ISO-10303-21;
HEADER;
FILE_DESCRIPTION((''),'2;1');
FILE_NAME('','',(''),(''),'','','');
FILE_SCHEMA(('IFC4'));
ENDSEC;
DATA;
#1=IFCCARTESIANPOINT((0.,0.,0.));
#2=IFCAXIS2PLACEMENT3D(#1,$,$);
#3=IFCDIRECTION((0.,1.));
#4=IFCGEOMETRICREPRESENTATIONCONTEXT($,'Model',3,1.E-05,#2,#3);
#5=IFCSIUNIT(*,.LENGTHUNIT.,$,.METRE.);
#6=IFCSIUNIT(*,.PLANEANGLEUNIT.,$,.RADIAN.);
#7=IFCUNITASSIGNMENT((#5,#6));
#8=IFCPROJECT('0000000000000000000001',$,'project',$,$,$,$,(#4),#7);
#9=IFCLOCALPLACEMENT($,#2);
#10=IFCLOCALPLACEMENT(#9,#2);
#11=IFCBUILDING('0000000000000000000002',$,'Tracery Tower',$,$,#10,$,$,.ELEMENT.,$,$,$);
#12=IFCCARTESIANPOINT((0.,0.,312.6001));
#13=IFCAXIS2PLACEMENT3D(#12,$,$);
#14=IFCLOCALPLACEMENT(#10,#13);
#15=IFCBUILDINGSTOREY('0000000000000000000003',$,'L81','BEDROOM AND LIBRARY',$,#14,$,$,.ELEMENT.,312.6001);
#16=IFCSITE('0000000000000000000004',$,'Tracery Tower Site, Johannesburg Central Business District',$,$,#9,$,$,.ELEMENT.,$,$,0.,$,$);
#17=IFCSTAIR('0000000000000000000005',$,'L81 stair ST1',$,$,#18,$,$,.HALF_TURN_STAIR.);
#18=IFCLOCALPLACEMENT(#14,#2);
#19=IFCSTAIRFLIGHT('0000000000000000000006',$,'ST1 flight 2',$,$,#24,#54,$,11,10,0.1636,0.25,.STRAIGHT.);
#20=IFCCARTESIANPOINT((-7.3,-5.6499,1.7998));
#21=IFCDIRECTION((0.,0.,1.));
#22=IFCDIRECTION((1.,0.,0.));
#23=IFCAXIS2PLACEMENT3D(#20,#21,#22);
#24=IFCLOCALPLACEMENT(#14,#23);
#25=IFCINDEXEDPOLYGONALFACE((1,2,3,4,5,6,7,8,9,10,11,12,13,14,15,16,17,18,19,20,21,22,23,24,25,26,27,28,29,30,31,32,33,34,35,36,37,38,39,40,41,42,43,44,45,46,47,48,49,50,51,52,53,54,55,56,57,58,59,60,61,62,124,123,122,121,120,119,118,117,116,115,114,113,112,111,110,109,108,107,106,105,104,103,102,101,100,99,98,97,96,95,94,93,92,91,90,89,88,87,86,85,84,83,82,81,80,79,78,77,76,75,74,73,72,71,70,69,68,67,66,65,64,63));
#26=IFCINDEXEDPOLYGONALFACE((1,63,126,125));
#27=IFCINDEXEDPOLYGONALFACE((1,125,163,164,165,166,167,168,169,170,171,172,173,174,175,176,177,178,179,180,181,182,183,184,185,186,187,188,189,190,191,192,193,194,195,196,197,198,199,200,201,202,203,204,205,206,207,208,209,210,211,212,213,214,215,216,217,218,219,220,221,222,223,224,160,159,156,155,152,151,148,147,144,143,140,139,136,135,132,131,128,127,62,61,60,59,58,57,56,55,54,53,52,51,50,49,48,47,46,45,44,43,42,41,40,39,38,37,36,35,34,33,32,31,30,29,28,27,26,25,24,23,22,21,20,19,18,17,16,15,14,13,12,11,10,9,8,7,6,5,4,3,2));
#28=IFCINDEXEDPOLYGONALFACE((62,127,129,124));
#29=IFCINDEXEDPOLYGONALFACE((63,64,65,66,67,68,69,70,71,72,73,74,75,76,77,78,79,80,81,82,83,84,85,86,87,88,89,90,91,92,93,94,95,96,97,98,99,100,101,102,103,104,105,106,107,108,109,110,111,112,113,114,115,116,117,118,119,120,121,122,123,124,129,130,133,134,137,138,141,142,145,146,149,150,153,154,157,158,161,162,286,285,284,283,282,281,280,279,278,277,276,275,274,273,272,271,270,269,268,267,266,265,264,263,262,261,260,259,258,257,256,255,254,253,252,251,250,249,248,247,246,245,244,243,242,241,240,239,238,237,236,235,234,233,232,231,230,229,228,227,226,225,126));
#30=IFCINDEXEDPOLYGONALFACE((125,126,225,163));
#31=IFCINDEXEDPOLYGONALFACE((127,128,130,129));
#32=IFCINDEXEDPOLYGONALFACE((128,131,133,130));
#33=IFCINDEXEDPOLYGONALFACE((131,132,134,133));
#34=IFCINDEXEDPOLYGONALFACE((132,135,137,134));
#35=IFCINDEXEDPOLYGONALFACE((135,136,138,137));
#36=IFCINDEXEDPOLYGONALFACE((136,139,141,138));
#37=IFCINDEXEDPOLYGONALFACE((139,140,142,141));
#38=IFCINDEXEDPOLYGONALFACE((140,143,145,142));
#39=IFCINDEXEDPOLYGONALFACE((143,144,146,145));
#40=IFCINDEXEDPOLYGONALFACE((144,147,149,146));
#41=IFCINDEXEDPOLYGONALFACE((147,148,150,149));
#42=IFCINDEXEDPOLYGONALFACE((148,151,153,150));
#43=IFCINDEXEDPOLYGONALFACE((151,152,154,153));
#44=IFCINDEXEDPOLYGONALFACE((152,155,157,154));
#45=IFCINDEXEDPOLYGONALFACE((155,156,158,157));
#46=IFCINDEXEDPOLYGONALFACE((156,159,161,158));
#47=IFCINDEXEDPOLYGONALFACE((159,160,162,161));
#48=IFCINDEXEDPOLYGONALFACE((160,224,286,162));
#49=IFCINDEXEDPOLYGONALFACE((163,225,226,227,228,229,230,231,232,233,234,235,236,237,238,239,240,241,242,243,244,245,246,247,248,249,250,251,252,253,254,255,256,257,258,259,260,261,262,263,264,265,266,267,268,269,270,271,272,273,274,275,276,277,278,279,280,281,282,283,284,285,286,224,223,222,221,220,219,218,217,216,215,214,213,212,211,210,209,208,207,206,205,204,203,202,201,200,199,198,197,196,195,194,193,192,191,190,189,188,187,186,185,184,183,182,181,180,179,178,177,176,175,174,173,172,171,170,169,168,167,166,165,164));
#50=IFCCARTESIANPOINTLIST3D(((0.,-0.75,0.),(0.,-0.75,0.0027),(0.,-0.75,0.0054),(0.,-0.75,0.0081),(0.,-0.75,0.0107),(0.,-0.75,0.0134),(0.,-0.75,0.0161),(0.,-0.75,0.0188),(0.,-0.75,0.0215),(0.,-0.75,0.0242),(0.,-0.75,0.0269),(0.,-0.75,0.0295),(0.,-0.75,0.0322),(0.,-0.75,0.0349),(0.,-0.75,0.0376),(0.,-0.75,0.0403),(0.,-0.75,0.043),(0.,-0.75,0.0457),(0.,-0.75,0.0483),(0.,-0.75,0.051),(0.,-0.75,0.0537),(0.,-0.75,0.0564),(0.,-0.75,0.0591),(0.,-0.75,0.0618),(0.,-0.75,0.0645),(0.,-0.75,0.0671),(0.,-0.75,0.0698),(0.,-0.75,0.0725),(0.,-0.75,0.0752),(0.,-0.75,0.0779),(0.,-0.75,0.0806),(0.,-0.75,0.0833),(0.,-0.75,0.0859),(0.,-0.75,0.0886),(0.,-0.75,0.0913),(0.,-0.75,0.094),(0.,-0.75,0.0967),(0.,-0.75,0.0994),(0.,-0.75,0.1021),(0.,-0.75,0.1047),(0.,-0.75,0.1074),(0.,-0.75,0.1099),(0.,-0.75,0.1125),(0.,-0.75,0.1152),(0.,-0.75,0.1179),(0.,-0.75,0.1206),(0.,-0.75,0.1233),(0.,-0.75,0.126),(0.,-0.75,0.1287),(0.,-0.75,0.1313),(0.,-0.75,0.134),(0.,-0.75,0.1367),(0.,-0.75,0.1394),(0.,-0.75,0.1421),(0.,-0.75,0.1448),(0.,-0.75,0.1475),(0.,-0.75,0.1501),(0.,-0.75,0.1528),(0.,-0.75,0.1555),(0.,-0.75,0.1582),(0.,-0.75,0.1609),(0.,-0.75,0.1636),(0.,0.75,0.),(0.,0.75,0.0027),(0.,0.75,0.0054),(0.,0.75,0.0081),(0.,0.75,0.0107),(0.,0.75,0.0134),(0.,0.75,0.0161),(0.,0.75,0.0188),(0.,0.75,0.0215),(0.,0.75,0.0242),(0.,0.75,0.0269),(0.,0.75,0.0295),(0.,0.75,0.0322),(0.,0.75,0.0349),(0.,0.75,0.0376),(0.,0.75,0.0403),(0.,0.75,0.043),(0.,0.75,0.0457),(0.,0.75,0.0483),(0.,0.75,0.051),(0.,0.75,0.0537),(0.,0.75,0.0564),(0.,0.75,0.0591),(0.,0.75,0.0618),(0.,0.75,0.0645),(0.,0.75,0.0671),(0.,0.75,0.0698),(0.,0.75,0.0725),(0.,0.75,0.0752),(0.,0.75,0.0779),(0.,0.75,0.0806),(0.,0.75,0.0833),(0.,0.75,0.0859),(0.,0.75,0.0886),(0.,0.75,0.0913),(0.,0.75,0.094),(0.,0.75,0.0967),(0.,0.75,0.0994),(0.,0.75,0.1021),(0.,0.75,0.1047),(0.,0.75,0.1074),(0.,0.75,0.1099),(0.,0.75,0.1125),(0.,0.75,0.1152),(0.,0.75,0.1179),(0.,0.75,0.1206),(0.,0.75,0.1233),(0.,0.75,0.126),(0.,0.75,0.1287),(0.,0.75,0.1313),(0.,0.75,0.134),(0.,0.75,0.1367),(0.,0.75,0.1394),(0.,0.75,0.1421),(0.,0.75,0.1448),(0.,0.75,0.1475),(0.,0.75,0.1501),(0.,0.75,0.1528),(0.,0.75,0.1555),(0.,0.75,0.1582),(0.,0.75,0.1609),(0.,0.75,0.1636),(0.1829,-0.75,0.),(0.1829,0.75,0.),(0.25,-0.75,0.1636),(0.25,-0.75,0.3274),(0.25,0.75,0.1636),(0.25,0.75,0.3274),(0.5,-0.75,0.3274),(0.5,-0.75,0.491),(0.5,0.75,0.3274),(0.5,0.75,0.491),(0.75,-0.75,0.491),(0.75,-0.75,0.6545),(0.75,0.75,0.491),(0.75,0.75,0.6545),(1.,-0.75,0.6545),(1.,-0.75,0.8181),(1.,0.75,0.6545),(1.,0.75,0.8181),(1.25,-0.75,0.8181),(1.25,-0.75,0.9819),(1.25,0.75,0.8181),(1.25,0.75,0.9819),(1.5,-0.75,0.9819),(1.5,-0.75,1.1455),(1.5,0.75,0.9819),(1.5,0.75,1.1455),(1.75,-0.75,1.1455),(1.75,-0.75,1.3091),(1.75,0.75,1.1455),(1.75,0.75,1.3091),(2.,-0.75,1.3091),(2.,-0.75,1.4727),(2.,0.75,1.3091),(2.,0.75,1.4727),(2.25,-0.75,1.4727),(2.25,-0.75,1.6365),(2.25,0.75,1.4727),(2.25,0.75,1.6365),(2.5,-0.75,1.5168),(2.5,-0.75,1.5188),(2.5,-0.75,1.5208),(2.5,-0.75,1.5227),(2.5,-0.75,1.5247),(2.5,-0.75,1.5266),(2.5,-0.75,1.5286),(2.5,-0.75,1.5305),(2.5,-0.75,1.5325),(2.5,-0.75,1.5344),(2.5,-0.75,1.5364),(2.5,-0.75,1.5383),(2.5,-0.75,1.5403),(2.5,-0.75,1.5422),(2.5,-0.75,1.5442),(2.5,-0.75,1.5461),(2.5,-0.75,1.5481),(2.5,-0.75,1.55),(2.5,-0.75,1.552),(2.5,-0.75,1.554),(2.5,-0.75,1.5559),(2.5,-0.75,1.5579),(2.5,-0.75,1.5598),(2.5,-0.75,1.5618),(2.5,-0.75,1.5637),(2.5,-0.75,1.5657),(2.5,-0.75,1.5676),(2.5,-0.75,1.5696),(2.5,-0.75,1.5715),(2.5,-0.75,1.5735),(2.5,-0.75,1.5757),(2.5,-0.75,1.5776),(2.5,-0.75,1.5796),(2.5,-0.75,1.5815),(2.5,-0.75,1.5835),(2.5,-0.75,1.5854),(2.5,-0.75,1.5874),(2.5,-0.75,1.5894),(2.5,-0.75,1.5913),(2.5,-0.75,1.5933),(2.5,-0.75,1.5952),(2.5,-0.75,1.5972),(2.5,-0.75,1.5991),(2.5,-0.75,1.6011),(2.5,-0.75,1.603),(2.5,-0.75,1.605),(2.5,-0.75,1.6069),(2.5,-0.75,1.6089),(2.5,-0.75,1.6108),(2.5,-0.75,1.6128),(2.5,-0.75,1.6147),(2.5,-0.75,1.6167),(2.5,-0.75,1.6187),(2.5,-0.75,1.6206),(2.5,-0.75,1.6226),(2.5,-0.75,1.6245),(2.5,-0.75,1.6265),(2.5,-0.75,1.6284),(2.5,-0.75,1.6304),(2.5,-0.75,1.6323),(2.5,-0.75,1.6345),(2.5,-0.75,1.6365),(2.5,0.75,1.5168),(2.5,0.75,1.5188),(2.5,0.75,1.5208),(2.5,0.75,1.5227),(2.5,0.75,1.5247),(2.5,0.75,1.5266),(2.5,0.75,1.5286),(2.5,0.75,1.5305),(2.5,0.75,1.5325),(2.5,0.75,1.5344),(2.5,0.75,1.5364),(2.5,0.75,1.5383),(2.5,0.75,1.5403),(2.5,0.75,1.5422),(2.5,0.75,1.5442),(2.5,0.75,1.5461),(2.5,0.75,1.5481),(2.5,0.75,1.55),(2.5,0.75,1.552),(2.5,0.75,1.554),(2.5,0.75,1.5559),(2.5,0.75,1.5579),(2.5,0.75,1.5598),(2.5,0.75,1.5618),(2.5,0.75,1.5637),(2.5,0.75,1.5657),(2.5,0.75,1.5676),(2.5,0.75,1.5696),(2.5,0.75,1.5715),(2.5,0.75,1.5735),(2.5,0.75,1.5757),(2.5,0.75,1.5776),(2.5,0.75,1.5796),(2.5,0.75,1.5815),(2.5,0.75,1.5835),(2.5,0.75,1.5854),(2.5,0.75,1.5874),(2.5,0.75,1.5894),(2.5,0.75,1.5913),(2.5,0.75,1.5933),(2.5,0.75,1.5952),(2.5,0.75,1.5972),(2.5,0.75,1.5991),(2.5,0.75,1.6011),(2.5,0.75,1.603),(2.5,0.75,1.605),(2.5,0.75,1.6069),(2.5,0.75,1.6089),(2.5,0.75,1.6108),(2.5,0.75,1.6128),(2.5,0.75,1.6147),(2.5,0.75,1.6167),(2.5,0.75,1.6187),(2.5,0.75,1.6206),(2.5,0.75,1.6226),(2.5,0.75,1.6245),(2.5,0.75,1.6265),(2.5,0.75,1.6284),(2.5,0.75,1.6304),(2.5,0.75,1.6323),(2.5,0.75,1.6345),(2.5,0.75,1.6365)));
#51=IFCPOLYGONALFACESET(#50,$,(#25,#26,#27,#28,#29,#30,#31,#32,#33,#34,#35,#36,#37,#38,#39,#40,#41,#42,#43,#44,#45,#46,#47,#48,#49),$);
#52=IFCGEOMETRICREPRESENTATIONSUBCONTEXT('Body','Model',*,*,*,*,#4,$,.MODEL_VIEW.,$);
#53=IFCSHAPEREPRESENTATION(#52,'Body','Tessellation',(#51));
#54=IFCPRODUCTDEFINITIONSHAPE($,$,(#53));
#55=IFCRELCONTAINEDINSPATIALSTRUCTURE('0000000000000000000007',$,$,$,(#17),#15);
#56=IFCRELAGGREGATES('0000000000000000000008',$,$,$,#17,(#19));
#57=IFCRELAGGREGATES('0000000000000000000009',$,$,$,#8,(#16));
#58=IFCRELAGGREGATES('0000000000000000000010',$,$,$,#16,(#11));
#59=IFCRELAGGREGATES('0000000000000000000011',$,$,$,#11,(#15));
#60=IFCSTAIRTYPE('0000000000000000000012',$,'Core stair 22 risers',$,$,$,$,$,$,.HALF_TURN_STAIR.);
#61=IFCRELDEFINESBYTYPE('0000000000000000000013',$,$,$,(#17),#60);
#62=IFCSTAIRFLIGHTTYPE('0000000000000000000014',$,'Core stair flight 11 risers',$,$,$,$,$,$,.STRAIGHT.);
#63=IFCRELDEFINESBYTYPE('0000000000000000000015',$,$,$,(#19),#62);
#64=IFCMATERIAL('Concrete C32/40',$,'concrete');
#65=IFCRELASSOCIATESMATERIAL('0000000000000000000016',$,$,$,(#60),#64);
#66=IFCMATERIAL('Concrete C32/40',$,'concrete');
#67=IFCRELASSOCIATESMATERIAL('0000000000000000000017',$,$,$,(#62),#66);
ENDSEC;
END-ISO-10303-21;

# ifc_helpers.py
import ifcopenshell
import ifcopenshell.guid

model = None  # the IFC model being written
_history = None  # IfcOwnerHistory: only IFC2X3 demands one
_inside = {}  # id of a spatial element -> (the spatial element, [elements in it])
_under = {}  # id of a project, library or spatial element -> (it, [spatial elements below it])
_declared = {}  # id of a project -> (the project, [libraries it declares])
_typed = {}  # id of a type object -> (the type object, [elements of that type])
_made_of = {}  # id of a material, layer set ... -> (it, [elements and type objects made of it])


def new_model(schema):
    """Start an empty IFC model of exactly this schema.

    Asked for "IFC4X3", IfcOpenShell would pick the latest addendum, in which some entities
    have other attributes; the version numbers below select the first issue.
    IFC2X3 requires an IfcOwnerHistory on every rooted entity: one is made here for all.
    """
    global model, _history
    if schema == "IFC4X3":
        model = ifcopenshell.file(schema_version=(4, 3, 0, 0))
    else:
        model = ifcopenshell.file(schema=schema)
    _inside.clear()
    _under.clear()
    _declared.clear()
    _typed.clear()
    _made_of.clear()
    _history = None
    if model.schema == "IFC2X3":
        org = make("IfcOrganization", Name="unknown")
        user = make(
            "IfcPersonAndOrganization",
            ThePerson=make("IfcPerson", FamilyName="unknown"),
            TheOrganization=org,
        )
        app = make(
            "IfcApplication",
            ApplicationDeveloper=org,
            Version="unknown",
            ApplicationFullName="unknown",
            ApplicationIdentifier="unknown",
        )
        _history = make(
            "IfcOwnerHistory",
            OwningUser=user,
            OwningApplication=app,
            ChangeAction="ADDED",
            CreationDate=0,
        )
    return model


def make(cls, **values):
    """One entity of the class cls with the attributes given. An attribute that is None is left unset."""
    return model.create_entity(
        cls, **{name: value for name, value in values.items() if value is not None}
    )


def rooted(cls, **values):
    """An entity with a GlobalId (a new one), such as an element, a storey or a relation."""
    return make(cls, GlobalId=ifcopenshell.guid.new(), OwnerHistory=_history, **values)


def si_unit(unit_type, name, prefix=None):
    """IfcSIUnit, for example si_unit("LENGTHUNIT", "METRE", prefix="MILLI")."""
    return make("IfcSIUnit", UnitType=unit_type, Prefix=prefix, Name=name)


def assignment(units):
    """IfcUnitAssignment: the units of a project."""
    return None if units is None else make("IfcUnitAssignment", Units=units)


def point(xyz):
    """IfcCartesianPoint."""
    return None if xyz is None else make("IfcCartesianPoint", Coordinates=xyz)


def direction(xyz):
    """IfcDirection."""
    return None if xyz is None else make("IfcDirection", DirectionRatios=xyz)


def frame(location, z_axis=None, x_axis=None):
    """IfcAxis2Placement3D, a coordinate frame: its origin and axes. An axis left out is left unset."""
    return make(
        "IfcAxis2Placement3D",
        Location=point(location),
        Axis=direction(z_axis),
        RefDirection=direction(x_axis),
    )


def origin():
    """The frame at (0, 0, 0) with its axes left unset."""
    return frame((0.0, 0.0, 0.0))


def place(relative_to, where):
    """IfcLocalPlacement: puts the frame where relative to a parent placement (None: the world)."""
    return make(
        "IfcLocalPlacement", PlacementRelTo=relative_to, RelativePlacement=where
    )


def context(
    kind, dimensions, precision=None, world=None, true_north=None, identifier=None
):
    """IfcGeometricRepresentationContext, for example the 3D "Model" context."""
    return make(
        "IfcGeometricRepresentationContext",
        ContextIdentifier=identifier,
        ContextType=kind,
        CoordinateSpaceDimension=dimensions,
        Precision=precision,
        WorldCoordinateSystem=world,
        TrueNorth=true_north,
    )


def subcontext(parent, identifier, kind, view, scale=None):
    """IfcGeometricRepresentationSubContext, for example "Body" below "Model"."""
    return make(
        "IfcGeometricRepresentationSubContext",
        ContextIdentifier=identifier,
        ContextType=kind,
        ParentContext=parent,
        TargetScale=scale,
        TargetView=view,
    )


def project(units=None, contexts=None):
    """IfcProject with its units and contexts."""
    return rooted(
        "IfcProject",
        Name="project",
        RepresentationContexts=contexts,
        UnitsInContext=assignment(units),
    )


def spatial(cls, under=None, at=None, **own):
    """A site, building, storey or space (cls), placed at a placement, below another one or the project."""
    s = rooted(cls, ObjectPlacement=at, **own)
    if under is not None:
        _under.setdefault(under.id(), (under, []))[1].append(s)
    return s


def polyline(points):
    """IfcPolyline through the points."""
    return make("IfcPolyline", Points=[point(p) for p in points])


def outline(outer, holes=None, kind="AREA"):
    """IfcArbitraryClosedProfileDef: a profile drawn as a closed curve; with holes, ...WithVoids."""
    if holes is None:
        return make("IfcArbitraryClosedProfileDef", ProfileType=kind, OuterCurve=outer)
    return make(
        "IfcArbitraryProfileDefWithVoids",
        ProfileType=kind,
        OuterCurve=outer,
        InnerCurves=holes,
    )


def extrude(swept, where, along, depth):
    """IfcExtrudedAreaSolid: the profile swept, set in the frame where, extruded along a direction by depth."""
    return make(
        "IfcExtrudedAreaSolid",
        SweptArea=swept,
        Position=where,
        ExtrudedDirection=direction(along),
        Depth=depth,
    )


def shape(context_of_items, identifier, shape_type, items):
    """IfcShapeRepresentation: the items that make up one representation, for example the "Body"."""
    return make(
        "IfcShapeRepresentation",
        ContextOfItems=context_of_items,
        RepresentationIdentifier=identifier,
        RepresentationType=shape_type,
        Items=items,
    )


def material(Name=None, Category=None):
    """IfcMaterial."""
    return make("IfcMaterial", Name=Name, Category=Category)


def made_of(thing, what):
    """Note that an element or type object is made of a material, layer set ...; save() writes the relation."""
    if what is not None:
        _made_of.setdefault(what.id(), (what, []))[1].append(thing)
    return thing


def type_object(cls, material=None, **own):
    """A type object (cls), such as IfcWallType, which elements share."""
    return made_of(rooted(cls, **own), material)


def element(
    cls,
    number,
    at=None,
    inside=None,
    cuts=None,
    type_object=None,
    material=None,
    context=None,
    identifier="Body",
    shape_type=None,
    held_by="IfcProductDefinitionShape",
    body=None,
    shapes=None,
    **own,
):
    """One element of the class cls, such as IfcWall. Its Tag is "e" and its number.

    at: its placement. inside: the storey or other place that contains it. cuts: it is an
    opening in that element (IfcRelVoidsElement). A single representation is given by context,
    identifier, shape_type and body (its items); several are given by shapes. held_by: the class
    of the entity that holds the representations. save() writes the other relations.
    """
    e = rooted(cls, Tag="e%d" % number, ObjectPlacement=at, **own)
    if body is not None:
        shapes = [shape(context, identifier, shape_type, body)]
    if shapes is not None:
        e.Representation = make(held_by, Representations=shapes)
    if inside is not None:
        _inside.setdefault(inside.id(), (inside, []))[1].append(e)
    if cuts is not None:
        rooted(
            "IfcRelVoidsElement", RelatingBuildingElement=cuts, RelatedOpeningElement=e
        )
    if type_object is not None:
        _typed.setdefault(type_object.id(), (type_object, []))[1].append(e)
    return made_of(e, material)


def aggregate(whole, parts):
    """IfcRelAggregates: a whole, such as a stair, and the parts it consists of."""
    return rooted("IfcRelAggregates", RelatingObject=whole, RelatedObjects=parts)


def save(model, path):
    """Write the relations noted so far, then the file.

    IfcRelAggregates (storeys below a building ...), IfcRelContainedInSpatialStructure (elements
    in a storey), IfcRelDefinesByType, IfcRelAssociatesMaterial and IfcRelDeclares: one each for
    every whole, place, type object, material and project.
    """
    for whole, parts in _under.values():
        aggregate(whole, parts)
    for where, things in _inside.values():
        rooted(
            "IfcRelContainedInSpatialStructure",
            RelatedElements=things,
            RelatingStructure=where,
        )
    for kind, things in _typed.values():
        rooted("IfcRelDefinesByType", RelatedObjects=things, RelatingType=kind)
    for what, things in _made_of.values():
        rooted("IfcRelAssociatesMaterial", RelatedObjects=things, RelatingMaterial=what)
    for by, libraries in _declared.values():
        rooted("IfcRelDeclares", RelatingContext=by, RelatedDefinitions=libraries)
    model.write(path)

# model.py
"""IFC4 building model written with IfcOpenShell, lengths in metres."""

from ifc_helpers import new_model, si_unit, direction, frame, origin, place, context, subcontext, project, spatial, polyline, outline, extrude, material, type_object, element, aggregate, save


model = new_model("IFC4")

# Units and contexts
model_context = context("Model", 3, precision=1e-05, world=origin(), true_north=direction((0.0, 1.0)))
body_context = subcontext(model_context, "Body", "Model", "MODEL_VIEW")
ifc_project = project(units=[si_unit("LENGTHUNIT", "METRE"), si_unit("PLANEANGLEUNIT", "RADIAN")], contexts=[model_context])

# Site, building, storey
site_placement = place(None, origin())
site = spatial("IfcSite", under=ifc_project, at=site_placement, Name="Tracery Tower Site, Johannesburg Central Business District", CompositionType="ELEMENT", RefElevation=0.0)
building_placement = place(site_placement, origin())
building = spatial("IfcBuilding", under=site, at=building_placement, Name="Tracery Tower", CompositionType="ELEMENT")
storey_placement = place(building_placement, frame((0.0, 0.0, 312.6001)))
storey = spatial("IfcBuildingStorey", under=building, at=storey_placement, Name="L81", Description="BEDROOM AND LIBRARY", CompositionType="ELEMENT", Elevation=312.6001)

# Stair, stair flight
ifc_material_1 = material(Name="Concrete C32/40", Category="concrete")
stair_type = type_object("IfcStairType", Name="Core stair 22 risers", PredefinedType="HALF_TURN_STAIR", material=ifc_material_1)
stair_placement = place(storey_placement, origin())
stair = element("IfcStair", 1, at=stair_placement, inside=storey, type_object=stair_type, Name="L81 stair ST1", PredefinedType="HALF_TURN_STAIR")
ifc_material_2 = material(Name="Concrete C32/40", Category="concrete")
stair_flight_type = type_object("IfcStairFlightType", Name="Core stair flight 11 risers", PredefinedType="STRAIGHT", material=ifc_material_2)
stair_flight_1_placement = place(storey_placement, frame((-7.3, -5.6499, 1.7998), z_axis=(0.0, 0.0, 1.0), x_axis=(1.0, 0.0, 0.0)))
stair_flight_1 = element("IfcStairFlight", 2, at=stair_flight_1_placement, type_object=stair_flight_type, Name="ST1 flight 2", NumberOfRisers=11, NumberOfTreads=10, PredefinedType="STRAIGHT", RiserHeight=0.1636, TreadLength=0.25, context=body_context, shape_type="SweptSolid", body=[
    extrude(outline(polyline([(0.0, 0.0), (0.0, 0.0027), (0.0, 0.0054), (0.0, 0.0081), (0.0, 0.0107), (0.0, 0.0134), (0.0, 0.0161), (0.0, 0.0188), (0.0, 0.0215), (0.0, 0.0242), (0.0, 0.0269), (0.0, 0.0295), (0.0, 0.0322), (0.0, 0.0349), (0.0, 0.0376), (0.0, 0.0403), (0.0, 0.043), (0.0, 0.0457), (0.0, 0.0483), (0.0, 0.051), (0.0, 0.0537), (0.0, 0.0564), (0.0, 0.0591), (0.0, 0.0618), (0.0, 0.0645), (0.0, 0.0671), (0.0, 0.0698), (0.0, 0.0725), (0.0, 0.0752), (0.0, 0.0779), (0.0, 0.0806), (0.0, 0.0833), (0.0, 0.0859), (0.0, 0.0886), (0.0, 0.0913), (0.0, 0.094), (0.0, 0.0967), (0.0, 0.0994), (0.0, 0.1021), (0.0, 0.1047), (0.0, 0.1074), (0.0, 0.1099), (0.0, 0.1125), (0.0, 0.1152), (0.0, 0.1179), (0.0, 0.1206), (0.0, 0.1233), (0.0, 0.126), (0.0, 0.1287), (0.0, 0.1313), (0.0, 0.134), (0.0, 0.1367), (0.0, 0.1394), (0.0, 0.1421), (0.0, 0.1448), (0.0, 0.1475), (0.0, 0.1501), (0.0, 0.1528), (0.0, 0.1555), (0.0, 0.1582), (0.0, 0.1609), (0.0, 0.1636), (0.25, 0.1636), (0.25, 0.3274), (0.5, 0.3274), (0.5, 0.491), (0.75, 0.491), (0.75, 0.6545), (1.0, 0.6545), (1.0, 0.8181), (1.25, 0.8181), (1.25, 0.9819), (1.5, 0.9819), (1.5, 1.1455), (1.75, 1.1455), (1.75, 1.3091), (2.0, 1.3091), (2.0, 1.4727), (2.25, 1.4727), (2.25, 1.6365), (2.5, 1.6365), (2.5, 1.6345), (2.5, 1.6323), (2.5, 1.6304), (2.5, 1.6284), (2.5, 1.6265), (2.5, 1.6245), (2.5, 1.6226), (2.5, 1.6206), (2.5, 1.6187), (2.5, 1.6167), (2.5, 1.6147), (2.5, 1.6128), (2.5, 1.6108), (2.5, 1.6089), (2.5, 1.6069), (2.5, 1.605), (2.5, 1.603), (2.5, 1.6011), (2.5, 1.5991), (2.5, 1.5972), (2.5, 1.5952), (2.5, 1.5933), (2.5, 1.5913), (2.5, 1.5894), (2.5, 1.5874), (2.5, 1.5854), (2.5, 1.5835), (2.5, 1.5815), (2.5, 1.5796), (2.5, 1.5776), (2.5, 1.5757), (2.5, 1.5735), (2.5, 1.5715), (2.5, 1.5696), (2.5, 1.5676), (2.5, 1.5657), (2.5, 1.5637), (2.5, 1.5618), (2.5, 1.5598), (2.5, 1.5579), (2.5, 1.5559), (2.5, 1.554), (2.5, 1.552), (2.5, 1.55), (2.5, 1.5481), (2.5, 1.5461), (2.5, 1.5442), (2.5, 1.5422), (2.5, 1.5403), (2.5, 1.5383), (2.5, 1.5364), (2.5, 1.5344), (2.5, 1.5325), (2.5, 1.5305), (2.5, 1.5286), (2.5, 1.5266), (2.5, 1.5247), (2.5, 1.5227), (2.5, 1.5208), (2.5, 1.5188), (2.5, 1.5168), (0.1829, 0.0), (0.0, 0.0)])), frame((0.0, 0.75, 0.0), z_axis=(0.0, -1.0, 0.0), x_axis=(1.0, 0.0, 0.0)), (0.0, 0.0, 1.0), 1.5),
])
aggregate(stair, [stair_flight_1])

save(model, "model.ifc")
